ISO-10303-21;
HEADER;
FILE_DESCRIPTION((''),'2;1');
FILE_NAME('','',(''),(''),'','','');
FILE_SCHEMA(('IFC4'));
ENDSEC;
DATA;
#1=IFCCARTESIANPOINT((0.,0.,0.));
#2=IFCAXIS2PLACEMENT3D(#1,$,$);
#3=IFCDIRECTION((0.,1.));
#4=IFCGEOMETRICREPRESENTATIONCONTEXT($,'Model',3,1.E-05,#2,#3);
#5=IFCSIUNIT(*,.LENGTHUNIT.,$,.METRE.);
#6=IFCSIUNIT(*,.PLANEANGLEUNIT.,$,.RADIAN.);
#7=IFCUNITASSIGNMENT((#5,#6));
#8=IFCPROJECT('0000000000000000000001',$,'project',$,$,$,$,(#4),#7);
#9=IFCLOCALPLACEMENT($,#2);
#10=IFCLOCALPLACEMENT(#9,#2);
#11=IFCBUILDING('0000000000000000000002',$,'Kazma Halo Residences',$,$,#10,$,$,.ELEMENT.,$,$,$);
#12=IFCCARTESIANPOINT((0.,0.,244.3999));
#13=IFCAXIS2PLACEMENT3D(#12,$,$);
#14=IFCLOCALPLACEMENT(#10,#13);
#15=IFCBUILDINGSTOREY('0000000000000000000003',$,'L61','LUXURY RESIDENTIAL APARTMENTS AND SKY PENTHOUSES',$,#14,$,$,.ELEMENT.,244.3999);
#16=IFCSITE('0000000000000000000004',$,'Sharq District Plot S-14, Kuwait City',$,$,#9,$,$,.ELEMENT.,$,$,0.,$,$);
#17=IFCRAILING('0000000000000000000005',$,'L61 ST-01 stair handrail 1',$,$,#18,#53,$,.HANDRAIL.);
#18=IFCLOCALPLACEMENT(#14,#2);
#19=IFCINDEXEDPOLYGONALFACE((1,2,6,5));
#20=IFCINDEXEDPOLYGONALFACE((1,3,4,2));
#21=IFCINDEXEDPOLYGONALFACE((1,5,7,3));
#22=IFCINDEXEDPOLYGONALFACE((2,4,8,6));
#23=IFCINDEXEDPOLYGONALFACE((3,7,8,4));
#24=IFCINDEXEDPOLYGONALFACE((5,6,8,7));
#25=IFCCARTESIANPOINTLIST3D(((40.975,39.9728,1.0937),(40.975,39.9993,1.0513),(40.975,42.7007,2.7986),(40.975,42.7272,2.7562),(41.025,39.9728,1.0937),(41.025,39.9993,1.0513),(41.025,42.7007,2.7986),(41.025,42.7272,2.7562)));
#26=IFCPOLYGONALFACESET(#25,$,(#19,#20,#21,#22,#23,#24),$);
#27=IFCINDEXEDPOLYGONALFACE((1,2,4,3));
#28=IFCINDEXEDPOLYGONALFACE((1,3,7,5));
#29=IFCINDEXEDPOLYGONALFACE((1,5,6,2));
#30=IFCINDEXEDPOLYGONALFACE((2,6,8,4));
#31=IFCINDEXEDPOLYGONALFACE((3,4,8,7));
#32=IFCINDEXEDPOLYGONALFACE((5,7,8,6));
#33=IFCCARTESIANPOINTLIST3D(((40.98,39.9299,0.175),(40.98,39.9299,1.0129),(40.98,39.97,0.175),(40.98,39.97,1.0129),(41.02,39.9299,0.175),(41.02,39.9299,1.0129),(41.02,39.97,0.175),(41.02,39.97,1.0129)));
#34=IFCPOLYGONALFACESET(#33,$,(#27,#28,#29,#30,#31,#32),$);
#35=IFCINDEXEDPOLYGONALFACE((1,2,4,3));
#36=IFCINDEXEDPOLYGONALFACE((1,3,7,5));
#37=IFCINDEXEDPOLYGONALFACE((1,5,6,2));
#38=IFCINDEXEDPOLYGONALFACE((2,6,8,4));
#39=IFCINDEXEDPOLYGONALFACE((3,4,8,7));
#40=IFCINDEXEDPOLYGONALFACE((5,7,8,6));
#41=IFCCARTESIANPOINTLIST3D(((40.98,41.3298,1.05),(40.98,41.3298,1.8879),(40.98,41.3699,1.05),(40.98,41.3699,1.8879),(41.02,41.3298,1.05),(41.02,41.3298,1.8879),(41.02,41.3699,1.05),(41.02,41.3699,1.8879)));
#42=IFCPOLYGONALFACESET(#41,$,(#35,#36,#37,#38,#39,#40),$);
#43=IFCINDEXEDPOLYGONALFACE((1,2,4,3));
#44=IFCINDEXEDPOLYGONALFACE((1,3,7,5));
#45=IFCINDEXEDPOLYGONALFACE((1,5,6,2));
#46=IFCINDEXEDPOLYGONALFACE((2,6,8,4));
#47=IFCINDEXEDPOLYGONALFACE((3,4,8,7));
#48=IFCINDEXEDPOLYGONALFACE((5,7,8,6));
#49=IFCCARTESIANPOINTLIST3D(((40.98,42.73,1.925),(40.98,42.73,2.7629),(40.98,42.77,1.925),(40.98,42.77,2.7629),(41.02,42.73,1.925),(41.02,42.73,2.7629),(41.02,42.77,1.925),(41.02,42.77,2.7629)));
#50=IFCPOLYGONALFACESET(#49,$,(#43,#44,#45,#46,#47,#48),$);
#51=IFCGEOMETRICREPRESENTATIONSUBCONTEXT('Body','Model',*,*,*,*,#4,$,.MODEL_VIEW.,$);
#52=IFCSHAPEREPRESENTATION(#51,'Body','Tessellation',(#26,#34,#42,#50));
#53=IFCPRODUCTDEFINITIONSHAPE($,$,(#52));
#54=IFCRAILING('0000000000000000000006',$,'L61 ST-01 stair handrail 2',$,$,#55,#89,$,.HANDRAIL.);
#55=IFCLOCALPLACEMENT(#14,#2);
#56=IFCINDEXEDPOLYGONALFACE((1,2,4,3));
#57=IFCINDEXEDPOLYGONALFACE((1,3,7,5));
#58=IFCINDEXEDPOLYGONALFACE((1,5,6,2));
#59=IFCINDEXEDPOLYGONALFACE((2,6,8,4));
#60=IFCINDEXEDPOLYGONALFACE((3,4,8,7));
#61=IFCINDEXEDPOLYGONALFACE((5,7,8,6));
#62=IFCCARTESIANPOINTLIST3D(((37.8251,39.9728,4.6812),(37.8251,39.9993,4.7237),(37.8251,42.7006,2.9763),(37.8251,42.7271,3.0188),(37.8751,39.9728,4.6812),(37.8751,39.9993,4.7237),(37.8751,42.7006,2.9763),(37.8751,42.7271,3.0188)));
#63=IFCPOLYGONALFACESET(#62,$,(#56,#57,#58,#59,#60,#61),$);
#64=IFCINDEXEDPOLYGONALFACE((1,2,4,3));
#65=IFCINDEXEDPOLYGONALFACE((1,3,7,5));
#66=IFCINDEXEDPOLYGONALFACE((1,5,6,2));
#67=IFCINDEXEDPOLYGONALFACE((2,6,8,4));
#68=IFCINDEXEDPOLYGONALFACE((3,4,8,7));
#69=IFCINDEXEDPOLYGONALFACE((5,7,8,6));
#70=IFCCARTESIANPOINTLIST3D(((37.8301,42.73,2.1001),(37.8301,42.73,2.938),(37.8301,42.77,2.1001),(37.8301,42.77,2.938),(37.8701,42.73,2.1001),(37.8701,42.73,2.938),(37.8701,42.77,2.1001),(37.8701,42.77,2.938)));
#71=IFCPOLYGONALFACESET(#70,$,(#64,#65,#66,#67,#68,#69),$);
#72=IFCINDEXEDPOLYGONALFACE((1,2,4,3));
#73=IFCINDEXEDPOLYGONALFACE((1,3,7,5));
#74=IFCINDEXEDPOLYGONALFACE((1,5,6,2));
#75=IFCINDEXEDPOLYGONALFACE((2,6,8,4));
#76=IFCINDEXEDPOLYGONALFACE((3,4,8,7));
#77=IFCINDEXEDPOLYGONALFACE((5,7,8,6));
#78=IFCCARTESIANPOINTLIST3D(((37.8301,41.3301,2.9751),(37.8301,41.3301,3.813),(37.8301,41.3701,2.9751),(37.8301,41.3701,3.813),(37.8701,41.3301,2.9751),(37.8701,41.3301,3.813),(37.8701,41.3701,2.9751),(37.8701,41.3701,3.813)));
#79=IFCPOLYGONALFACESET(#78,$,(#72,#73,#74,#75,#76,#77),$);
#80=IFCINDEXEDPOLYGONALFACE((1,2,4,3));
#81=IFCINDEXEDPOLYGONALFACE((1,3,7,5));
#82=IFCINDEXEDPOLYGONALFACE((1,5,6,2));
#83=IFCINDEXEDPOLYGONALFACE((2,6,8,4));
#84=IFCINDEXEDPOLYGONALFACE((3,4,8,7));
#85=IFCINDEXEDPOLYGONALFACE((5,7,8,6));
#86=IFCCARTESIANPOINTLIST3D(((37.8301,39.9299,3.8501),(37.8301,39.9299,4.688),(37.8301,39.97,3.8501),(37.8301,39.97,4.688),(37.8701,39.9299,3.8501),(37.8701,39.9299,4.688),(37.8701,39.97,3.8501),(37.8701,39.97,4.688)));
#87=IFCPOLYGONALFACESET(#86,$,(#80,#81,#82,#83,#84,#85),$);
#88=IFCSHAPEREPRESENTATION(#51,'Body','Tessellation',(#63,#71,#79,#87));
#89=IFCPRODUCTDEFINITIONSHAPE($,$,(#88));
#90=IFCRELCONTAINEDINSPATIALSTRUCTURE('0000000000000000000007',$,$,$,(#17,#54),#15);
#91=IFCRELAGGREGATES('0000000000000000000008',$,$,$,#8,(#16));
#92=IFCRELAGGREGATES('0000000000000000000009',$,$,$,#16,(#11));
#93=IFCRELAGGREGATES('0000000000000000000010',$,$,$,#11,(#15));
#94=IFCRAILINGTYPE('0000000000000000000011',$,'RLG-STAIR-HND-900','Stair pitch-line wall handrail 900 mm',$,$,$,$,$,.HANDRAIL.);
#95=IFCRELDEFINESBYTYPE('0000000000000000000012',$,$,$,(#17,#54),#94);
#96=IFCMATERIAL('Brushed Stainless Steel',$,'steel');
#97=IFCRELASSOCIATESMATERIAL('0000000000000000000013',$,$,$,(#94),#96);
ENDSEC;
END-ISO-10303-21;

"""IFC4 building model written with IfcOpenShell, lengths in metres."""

from ifc_helpers import new_model, si_unit, direction, frame, origin, origin_2d, place, context, subcontext, project, spatial, rectangle, extrude, material, type_object, element, save


model = new_model("IFC4")

# Units and contexts
model_context = context("Model", 3, precision=1e-05, world=origin(), true_north=direction((0.0, 1.0)))
body_context = subcontext(model_context, "Body", "Model", "MODEL_VIEW")
ifc_project = project(units=[si_unit("LENGTHUNIT", "METRE"), si_unit("PLANEANGLEUNIT", "RADIAN")], contexts=[model_context])

# Site, building, storey
site_placement = place(None, origin())
site = spatial("IfcSite", under=ifc_project, at=site_placement, Name="Sharq District Plot S-14, Kuwait City", CompositionType="ELEMENT", RefElevation=0.0)
building_placement = place(site_placement, origin())
building = spatial("IfcBuilding", under=site, at=building_placement, Name="Kazma Halo Residences", CompositionType="ELEMENT")
storey_placement = place(building_placement, frame((0.0, 0.0, 244.3999)))
storey = spatial("IfcBuildingStorey", under=building, at=storey_placement, Name="L61", Description="LUXURY RESIDENTIAL APARTMENTS AND SKY PENTHOUSES", CompositionType="ELEMENT", Elevation=244.3999)

# Railings
ifc_material_1 = material(Name="Brushed Stainless Steel", Category="steel")
railing_type_1 = type_object("IfcRailingType", Name="RLG-STAIR-HND-900", Description="Stair pitch-line wall handrail 900 mm", PredefinedType="HANDRAIL", material=ifc_material_1)
railing_1_placement = place(storey_placement, frame((41.0, 39.95, 0.175)))
element("IfcRailing", 1, at=railing_1_placement, inside=storey, type_object=railing_type_1, Name="L61 ST-01 stair handrail 1", PredefinedType="HANDRAIL", context=body_context, shape_type="SweptSolid", body=[
    extrude(rectangle(XDim=0.05, YDim=0.05, at=origin_2d()), frame((0.0, 0.0361, 0.8975), z_axis=(0.0, 0.848002, 0.529992), x_axis=(-1.0, 0.0, 0.0)), (0.0, 0.0, 1.0), 3.2168),
    extrude(rectangle(XDim=0.04, YDim=0.04, at=origin_2d()), origin(), (0.0, 0.0, 1.0), 0.8379),
    extrude(rectangle(XDim=0.04, YDim=0.04, at=origin_2d()), frame((0.0, 1.3999, 0.875)), (0.0, 0.0, 1.0), 0.8379),
    extrude(rectangle(XDim=0.04, YDim=0.04, at=origin_2d()), frame((0.0, 2.8, 1.75)), (0.0, 0.0, 1.0), 0.8379),
])
railing_2_placement = place(storey_placement, frame((37.8501, 42.75, 2.1001)))
element("IfcRailing", 2, at=railing_2_placement, inside=storey, type_object=railing_type_1, Name="L61 ST-01 stair handrail 2", PredefinedType="HANDRAIL", context=body_context, shape_type="SweptSolid", body=[
    extrude(rectangle(XDim=0.05, YDim=0.05, at=origin_2d()), frame((0.0, -0.0361, 0.8975), z_axis=(0.0, -0.848002, 0.529992), x_axis=(1.0, 0.0, 0.0)), (0.0, 0.0, 1.0), 3.2168),
    extrude(rectangle(XDim=0.04, YDim=0.04, at=origin_2d()), origin(), (0.0, 0.0, 1.0), 0.8379),
    extrude(rectangle(XDim=0.04, YDim=0.04, at=origin_2d()), frame((0.0, -1.3999, 0.875)), (0.0, 0.0, 1.0), 0.8379),
    extrude(rectangle(XDim=0.04, YDim=0.04, at=origin_2d()), frame((0.0, -2.8, 1.75)), (0.0, 0.0, 1.0), 0.8379),
])

save(model, "model.ifc")
